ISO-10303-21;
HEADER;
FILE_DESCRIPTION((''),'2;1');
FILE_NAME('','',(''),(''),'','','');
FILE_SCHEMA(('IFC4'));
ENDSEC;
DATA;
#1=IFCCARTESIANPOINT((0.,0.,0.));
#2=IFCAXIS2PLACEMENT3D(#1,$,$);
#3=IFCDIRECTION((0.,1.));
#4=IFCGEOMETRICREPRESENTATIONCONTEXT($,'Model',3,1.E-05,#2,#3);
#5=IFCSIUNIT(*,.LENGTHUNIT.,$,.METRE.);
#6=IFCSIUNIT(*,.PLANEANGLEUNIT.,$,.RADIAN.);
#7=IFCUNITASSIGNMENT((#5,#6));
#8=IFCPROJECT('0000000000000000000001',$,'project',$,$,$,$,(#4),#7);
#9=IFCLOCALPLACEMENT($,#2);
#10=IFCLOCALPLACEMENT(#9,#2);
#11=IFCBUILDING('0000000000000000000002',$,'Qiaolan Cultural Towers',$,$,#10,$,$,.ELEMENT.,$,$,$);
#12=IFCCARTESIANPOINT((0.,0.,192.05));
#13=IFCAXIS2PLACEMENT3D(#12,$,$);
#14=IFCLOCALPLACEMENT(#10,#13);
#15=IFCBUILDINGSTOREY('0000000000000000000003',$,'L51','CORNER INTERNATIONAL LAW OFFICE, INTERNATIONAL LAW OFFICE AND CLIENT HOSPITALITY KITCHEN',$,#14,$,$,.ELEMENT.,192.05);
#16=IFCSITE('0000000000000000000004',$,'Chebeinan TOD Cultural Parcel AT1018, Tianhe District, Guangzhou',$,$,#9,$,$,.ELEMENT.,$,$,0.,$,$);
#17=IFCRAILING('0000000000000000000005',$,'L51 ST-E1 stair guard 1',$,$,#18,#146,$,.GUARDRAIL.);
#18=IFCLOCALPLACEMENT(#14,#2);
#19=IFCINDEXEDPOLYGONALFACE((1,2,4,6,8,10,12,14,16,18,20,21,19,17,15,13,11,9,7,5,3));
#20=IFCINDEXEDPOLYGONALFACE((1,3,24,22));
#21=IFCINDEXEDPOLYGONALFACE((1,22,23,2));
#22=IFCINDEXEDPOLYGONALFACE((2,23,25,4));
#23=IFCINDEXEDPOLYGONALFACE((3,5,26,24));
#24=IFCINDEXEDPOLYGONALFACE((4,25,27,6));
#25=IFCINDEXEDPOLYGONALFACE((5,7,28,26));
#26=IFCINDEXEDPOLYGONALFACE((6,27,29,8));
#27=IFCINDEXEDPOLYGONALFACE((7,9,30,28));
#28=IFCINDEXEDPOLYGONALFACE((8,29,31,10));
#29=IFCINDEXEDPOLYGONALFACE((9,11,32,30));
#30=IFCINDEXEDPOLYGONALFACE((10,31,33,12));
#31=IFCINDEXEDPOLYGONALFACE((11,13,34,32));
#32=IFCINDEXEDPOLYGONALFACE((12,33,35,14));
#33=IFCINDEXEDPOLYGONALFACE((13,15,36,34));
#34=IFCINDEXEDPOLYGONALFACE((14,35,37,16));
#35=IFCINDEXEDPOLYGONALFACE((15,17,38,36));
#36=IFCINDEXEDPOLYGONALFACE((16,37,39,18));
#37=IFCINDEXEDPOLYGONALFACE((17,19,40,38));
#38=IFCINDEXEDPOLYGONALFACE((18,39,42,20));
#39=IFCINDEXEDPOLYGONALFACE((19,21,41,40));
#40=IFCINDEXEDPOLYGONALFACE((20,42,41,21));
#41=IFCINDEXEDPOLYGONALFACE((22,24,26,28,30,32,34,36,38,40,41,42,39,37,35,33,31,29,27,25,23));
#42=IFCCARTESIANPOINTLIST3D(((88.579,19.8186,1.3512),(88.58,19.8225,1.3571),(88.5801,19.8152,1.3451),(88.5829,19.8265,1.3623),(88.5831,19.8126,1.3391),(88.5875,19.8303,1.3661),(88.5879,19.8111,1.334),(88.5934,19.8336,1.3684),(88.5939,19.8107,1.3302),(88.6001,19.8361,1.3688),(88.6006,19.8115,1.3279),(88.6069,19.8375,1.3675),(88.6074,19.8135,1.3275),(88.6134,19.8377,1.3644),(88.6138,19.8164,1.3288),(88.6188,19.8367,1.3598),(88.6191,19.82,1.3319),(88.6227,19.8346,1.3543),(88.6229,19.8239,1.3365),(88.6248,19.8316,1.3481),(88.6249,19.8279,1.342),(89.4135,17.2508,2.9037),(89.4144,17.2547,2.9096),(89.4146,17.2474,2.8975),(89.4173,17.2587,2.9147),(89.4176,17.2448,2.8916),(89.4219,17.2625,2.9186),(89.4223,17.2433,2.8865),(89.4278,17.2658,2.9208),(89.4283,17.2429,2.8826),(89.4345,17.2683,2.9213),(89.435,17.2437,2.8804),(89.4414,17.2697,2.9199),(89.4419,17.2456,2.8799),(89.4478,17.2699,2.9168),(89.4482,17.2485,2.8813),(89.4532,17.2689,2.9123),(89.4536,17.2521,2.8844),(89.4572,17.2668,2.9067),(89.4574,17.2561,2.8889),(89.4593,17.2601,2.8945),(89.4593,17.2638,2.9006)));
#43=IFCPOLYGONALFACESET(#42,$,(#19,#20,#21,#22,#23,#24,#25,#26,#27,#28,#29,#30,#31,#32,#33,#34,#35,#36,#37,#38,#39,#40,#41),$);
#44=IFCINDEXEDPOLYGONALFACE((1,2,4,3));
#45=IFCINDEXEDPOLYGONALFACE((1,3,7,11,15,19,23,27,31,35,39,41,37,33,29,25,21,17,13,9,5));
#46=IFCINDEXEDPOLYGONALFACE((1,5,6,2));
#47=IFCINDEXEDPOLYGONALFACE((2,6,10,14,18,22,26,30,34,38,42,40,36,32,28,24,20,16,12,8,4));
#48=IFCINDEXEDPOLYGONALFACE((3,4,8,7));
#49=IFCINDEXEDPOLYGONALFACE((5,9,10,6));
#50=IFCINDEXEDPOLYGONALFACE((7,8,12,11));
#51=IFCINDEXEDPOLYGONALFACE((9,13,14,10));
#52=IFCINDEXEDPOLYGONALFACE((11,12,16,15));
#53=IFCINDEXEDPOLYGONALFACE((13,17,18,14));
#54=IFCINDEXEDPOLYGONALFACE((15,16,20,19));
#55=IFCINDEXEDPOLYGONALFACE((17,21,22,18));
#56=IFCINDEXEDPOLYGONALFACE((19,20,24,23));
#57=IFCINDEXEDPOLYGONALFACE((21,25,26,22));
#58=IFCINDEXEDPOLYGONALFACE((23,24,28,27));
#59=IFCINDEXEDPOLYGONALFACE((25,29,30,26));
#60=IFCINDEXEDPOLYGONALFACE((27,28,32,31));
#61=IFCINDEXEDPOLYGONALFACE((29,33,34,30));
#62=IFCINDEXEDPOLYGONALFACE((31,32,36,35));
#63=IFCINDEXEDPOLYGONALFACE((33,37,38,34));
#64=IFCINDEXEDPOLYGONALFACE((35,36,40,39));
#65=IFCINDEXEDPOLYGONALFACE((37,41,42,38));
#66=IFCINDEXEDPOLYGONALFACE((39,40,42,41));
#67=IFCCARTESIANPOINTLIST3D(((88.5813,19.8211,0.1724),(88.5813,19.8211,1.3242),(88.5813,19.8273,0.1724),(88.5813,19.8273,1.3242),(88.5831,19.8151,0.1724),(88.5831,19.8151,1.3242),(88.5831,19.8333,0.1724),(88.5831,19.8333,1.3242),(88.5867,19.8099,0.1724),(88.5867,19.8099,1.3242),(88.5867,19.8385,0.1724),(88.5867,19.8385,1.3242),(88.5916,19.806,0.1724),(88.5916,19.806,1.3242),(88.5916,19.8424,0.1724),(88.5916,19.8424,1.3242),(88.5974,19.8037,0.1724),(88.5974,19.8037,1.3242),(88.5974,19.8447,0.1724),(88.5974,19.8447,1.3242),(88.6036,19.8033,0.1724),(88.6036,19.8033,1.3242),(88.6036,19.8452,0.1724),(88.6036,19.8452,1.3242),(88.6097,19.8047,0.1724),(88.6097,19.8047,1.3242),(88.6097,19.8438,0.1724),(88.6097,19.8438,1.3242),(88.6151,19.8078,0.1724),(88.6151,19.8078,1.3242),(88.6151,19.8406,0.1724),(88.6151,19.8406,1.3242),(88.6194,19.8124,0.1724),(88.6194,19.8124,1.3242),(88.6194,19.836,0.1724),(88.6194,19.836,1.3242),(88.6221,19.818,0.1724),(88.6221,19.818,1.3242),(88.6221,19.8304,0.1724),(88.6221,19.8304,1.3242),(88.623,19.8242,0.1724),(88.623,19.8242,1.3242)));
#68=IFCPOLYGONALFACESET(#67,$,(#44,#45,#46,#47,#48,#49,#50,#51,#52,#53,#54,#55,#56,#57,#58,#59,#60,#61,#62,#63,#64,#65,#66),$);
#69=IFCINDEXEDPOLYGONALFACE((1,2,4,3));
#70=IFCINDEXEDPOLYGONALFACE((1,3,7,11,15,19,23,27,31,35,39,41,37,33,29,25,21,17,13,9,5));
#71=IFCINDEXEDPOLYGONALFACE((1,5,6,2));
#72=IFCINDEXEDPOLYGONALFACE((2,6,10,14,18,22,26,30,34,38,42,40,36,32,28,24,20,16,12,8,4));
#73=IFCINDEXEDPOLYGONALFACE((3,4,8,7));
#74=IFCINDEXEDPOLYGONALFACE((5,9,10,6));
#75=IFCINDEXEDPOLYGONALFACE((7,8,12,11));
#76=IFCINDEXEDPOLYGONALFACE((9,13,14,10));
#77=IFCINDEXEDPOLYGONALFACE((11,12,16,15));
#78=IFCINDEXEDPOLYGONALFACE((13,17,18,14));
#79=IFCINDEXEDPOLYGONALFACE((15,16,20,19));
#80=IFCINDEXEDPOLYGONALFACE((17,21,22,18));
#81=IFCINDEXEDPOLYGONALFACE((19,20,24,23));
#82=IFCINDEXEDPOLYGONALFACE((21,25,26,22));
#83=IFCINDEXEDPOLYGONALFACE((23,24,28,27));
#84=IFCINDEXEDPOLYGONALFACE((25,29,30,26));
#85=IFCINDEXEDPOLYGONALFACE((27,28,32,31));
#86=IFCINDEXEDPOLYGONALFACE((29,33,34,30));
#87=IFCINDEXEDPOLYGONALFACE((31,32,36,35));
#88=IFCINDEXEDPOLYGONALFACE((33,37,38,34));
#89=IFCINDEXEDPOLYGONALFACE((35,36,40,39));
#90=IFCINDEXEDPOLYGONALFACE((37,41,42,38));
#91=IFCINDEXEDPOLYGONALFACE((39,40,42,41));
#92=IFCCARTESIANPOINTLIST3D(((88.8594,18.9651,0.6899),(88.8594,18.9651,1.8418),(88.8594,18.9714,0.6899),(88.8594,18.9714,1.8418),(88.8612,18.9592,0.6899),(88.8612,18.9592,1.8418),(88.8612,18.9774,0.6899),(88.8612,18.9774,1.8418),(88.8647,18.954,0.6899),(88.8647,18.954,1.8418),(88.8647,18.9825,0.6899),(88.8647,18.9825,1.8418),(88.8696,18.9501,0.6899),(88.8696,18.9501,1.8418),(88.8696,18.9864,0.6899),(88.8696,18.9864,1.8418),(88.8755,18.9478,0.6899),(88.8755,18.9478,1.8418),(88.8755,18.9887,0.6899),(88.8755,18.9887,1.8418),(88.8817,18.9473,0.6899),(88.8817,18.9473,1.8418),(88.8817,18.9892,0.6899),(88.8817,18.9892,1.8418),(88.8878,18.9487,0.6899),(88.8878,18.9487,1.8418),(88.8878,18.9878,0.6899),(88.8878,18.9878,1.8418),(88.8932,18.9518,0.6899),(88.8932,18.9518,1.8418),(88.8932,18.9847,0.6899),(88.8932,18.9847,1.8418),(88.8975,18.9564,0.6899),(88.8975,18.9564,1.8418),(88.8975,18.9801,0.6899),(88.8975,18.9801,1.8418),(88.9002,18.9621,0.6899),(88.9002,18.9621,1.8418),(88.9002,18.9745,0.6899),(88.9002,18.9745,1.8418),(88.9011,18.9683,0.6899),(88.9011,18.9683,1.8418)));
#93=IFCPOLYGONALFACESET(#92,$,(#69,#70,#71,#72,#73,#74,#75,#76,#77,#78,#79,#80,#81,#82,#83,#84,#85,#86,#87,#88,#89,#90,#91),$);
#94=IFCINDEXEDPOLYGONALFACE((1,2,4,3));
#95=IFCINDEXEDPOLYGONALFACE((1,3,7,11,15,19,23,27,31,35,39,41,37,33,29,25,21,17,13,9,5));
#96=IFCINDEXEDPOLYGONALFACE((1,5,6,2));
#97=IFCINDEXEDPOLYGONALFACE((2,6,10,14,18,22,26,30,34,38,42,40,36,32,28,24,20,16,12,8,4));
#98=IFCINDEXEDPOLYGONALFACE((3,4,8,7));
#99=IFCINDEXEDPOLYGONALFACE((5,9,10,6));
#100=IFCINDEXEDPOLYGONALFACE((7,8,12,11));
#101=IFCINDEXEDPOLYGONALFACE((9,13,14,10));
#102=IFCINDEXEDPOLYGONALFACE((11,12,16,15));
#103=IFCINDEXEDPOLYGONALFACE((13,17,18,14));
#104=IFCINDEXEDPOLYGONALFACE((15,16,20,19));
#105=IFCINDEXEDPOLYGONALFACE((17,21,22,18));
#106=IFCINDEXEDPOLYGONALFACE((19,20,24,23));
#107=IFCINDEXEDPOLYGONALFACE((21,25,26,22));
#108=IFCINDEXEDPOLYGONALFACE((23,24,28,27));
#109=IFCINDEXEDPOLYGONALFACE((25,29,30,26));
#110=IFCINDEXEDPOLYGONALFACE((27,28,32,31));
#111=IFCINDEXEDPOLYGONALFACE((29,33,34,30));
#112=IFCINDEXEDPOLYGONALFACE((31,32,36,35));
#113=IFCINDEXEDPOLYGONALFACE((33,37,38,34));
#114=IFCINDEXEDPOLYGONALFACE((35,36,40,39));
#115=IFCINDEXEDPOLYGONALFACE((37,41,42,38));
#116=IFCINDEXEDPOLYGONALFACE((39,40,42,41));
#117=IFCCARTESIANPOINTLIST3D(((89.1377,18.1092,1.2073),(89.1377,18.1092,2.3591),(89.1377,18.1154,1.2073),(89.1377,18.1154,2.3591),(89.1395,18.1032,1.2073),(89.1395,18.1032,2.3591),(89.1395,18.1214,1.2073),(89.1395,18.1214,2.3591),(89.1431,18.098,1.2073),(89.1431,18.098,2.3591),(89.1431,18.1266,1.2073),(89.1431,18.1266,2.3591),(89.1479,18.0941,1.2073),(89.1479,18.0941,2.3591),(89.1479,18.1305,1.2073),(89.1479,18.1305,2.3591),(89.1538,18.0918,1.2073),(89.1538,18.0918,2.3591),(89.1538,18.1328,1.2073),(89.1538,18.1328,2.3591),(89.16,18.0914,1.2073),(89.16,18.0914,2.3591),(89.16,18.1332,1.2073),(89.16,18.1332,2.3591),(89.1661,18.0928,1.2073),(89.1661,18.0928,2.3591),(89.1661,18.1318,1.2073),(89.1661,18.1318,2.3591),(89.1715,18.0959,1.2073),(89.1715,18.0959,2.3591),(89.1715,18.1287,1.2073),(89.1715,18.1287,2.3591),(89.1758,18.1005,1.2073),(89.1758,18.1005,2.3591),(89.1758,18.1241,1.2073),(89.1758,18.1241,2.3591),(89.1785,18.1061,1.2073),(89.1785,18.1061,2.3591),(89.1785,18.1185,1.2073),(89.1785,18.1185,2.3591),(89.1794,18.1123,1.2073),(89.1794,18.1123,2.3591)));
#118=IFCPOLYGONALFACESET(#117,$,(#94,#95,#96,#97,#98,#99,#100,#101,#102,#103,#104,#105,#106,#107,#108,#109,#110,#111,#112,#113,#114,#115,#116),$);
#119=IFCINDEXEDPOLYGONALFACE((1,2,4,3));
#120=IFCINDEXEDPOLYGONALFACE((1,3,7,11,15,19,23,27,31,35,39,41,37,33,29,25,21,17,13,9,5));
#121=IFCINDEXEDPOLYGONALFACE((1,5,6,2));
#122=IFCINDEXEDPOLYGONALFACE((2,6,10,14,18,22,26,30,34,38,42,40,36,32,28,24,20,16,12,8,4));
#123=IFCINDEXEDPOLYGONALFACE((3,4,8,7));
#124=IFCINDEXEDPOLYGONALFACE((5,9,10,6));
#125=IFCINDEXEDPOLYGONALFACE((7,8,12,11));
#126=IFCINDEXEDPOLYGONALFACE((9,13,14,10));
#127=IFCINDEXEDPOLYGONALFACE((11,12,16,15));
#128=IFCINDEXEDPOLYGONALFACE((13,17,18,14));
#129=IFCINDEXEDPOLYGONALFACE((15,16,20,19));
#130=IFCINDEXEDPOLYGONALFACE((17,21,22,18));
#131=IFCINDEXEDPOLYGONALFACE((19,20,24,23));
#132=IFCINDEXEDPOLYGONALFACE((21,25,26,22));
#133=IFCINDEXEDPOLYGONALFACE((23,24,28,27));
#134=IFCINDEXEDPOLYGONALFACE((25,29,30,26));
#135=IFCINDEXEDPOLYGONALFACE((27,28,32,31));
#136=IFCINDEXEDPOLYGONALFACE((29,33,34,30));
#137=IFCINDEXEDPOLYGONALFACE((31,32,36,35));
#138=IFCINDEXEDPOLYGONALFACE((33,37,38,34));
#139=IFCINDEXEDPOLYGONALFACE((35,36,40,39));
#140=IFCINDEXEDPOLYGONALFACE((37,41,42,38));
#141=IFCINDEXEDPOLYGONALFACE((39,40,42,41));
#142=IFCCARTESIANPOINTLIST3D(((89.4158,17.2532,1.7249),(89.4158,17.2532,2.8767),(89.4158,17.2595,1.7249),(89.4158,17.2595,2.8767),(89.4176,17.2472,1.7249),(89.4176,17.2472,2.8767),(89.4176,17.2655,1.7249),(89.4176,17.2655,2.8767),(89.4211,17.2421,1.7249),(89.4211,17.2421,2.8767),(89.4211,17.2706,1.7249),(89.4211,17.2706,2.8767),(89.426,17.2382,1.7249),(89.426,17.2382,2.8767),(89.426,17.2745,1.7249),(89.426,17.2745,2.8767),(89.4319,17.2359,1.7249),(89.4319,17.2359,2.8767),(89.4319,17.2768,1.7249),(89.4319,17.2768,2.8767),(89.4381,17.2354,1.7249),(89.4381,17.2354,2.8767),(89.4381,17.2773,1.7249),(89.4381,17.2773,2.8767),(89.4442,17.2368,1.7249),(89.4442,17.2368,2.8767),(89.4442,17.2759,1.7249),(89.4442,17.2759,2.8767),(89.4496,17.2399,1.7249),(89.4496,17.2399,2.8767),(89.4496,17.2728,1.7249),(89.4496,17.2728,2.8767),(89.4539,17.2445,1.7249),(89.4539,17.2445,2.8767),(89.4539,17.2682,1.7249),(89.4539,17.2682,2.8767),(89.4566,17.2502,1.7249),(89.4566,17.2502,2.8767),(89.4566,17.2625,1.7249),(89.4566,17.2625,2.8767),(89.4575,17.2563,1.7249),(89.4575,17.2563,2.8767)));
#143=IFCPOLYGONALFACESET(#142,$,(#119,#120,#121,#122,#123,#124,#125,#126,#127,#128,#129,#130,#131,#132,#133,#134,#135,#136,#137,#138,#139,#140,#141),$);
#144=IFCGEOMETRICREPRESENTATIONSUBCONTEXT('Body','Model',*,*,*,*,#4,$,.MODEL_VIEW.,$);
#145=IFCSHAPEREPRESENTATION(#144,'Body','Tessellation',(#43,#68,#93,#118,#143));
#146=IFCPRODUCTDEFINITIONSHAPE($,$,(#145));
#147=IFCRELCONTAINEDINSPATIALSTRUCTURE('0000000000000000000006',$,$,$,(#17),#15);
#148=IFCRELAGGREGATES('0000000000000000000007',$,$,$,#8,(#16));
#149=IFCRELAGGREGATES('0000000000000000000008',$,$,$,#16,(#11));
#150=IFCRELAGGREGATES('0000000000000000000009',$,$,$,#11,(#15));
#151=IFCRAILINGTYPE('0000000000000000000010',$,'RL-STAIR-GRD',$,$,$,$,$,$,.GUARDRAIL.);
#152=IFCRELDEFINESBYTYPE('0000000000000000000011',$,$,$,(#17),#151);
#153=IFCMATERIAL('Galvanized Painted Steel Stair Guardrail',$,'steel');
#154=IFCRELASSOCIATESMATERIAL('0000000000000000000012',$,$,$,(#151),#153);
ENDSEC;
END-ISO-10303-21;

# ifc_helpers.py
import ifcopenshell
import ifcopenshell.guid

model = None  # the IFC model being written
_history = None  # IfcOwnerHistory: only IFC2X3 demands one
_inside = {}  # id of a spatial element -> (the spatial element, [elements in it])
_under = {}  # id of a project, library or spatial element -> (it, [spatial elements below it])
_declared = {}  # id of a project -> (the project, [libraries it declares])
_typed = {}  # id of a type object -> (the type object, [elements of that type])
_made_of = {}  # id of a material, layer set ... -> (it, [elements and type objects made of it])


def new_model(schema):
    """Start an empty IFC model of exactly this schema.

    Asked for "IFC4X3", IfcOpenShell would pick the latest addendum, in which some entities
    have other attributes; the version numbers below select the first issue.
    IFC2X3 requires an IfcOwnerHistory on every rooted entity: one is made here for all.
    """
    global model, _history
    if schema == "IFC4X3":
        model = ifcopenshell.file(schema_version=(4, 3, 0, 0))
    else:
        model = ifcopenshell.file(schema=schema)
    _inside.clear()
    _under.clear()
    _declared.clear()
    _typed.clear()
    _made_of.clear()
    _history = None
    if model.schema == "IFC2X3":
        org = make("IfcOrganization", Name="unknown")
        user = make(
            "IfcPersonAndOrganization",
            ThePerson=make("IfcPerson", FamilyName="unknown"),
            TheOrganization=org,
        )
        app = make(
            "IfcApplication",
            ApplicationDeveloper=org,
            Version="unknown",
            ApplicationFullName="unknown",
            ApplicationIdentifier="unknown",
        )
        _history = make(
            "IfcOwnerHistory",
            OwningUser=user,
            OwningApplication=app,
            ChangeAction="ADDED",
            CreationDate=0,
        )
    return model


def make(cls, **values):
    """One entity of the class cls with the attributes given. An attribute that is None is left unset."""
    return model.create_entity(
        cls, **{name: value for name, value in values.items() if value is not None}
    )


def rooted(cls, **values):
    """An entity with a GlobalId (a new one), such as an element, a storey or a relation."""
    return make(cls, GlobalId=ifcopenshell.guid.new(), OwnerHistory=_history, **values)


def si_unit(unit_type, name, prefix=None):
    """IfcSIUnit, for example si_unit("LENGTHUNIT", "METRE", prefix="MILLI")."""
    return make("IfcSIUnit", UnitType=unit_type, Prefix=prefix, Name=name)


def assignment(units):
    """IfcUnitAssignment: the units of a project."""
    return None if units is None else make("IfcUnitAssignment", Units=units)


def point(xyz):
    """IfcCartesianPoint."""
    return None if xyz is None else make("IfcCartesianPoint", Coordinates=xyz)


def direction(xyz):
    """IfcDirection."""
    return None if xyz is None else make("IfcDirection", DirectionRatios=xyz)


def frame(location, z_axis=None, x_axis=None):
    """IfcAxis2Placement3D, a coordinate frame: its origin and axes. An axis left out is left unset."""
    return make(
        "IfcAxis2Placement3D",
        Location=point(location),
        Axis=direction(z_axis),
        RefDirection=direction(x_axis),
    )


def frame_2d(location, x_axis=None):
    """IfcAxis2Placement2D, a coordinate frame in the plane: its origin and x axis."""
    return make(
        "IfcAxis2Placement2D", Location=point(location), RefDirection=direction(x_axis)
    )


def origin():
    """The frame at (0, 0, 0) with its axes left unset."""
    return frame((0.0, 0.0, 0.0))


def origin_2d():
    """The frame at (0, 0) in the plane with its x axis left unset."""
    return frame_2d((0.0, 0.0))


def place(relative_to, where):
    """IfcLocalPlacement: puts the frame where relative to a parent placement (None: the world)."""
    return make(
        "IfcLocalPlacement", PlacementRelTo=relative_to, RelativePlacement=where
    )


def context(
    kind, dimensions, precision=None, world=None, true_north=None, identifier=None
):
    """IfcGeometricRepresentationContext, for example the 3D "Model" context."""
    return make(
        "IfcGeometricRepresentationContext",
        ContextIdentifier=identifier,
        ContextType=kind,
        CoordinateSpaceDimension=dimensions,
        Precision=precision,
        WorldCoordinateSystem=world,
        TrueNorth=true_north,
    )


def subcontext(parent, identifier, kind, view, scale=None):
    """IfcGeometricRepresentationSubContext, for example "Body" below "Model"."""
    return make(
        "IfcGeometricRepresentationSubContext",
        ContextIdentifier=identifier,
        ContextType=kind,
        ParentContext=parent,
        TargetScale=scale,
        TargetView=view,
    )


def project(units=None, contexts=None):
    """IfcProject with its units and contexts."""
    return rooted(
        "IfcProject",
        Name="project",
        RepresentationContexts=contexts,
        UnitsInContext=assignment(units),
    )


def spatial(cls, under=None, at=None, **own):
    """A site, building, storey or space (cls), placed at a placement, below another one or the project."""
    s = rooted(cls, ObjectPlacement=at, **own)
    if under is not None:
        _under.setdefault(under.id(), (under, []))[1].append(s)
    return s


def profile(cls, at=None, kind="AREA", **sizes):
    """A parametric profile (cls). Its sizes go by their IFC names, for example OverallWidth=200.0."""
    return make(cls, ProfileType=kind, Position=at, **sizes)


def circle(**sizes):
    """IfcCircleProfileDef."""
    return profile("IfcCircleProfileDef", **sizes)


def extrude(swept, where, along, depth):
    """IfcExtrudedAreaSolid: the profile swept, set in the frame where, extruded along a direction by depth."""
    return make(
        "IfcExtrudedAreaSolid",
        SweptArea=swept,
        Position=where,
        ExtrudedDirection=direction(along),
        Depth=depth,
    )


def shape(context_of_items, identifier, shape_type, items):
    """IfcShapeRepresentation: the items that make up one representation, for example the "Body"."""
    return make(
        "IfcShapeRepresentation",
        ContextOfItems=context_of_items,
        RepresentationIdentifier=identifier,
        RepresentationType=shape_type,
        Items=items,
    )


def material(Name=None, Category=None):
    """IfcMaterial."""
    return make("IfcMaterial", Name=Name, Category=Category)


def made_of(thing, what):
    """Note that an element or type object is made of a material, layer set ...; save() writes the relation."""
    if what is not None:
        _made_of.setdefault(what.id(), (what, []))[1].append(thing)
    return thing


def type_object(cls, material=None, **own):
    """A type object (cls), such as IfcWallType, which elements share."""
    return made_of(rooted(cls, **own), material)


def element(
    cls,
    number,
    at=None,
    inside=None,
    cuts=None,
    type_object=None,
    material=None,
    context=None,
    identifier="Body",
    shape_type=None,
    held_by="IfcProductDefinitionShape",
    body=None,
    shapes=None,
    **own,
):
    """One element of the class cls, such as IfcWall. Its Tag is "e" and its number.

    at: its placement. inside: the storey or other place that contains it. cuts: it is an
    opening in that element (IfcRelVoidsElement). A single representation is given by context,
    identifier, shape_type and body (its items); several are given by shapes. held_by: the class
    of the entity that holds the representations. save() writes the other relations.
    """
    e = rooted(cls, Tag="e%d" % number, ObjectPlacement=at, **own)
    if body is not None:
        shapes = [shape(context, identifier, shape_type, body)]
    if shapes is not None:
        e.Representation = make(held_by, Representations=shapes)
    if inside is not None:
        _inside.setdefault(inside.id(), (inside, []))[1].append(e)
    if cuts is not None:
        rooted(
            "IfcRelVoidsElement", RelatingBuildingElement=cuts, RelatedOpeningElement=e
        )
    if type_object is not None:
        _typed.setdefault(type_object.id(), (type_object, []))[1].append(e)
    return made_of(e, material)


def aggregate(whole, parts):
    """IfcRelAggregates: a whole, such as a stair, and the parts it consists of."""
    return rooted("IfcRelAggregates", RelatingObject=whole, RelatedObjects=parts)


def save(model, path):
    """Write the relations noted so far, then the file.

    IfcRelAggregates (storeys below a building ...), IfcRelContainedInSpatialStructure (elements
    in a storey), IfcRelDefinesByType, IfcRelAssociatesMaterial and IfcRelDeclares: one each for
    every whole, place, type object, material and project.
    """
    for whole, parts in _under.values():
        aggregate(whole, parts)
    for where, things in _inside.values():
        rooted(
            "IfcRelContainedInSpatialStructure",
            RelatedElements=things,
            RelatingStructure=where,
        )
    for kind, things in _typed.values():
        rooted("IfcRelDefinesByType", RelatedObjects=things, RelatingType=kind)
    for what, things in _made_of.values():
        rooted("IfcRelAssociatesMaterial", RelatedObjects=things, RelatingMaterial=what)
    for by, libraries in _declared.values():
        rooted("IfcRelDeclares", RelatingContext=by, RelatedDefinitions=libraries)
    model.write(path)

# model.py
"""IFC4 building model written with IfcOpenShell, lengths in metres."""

from ifc_helpers import new_model, si_unit, direction, frame, origin, origin_2d, place, context, subcontext, project, spatial, circle, extrude, material, type_object, element, save


model = new_model("IFC4")

# Units and contexts
model_context = context("Model", 3, precision=1e-05, world=origin(), true_north=direction((0.0, 1.0)))
body_context = subcontext(model_context, "Body", "Model", "MODEL_VIEW")
ifc_project = project(units=[si_unit("LENGTHUNIT", "METRE"), si_unit("PLANEANGLEUNIT", "RADIAN")], contexts=[model_context])

# Site, building, storey
site_placement = place(None, origin())
site = spatial("IfcSite", under=ifc_project, at=site_placement, Name="Chebeinan TOD Cultural Parcel AT1018, Tianhe District, Guangzhou", CompositionType="ELEMENT", RefElevation=0.0)
building_placement = place(site_placement, origin())
building = spatial("IfcBuilding", under=site, at=building_placement, Name="Qiaolan Cultural Towers", CompositionType="ELEMENT")
storey_placement = place(building_placement, frame((0.0, 0.0, 192.05)))
storey = spatial("IfcBuildingStorey", under=building, at=storey_placement, Name="L51", Description="CORNER INTERNATIONAL LAW OFFICE, INTERNATIONAL LAW OFFICE AND CLIENT HOSPITALITY KITCHEN", CompositionType="ELEMENT", Elevation=192.05)

# Railing
ifc_material_1 = material(Name="Galvanized Painted Steel Stair Guardrail", Category="steel")
railing_type_1 = type_object("IfcRailingType", Name="RL-STAIR-GRD", PredefinedType="GUARDRAIL", material=ifc_material_1)
railing_1_placement = place(storey_placement, frame((88.6021, 19.8242, 0.1724)))
element("IfcRailing", 1, at=railing_1_placement, inside=storey, type_object=railing_type_1, Name="L51 ST-E1 stair guard 1", PredefinedType="GUARDRAIL", context=body_context, shape_type="SweptSolid", body=[
    extrude(circle(Radius=0.0239, at=origin_2d()), frame((0.0, 0.0, 1.1758), z_axis=(0.267926, -0.824471, 0.498461), x_axis=(0.951043, 0.309057, 0.0)), (0.0, 0.0, 1.0), 3.1145),
    extrude(circle(Radius=0.021, at=origin_2d()), origin(), (0.0, 0.0, 1.0), 1.1519),
    extrude(circle(Radius=0.021, at=origin_2d()), frame((0.2781, -0.856, 0.5176)), (0.0, 0.0, 1.0), 1.1519),
    extrude(circle(Radius=0.021, at=origin_2d()), frame((0.5564, -1.7119, 1.0349)), (0.0, 0.0, 1.0), 1.1519),
    extrude(circle(Radius=0.021, at=origin_2d()), frame((0.8345, -2.5679, 1.5525)), (0.0, 0.0, 1.0), 1.1519),
])

save(model, "model.ifc")
